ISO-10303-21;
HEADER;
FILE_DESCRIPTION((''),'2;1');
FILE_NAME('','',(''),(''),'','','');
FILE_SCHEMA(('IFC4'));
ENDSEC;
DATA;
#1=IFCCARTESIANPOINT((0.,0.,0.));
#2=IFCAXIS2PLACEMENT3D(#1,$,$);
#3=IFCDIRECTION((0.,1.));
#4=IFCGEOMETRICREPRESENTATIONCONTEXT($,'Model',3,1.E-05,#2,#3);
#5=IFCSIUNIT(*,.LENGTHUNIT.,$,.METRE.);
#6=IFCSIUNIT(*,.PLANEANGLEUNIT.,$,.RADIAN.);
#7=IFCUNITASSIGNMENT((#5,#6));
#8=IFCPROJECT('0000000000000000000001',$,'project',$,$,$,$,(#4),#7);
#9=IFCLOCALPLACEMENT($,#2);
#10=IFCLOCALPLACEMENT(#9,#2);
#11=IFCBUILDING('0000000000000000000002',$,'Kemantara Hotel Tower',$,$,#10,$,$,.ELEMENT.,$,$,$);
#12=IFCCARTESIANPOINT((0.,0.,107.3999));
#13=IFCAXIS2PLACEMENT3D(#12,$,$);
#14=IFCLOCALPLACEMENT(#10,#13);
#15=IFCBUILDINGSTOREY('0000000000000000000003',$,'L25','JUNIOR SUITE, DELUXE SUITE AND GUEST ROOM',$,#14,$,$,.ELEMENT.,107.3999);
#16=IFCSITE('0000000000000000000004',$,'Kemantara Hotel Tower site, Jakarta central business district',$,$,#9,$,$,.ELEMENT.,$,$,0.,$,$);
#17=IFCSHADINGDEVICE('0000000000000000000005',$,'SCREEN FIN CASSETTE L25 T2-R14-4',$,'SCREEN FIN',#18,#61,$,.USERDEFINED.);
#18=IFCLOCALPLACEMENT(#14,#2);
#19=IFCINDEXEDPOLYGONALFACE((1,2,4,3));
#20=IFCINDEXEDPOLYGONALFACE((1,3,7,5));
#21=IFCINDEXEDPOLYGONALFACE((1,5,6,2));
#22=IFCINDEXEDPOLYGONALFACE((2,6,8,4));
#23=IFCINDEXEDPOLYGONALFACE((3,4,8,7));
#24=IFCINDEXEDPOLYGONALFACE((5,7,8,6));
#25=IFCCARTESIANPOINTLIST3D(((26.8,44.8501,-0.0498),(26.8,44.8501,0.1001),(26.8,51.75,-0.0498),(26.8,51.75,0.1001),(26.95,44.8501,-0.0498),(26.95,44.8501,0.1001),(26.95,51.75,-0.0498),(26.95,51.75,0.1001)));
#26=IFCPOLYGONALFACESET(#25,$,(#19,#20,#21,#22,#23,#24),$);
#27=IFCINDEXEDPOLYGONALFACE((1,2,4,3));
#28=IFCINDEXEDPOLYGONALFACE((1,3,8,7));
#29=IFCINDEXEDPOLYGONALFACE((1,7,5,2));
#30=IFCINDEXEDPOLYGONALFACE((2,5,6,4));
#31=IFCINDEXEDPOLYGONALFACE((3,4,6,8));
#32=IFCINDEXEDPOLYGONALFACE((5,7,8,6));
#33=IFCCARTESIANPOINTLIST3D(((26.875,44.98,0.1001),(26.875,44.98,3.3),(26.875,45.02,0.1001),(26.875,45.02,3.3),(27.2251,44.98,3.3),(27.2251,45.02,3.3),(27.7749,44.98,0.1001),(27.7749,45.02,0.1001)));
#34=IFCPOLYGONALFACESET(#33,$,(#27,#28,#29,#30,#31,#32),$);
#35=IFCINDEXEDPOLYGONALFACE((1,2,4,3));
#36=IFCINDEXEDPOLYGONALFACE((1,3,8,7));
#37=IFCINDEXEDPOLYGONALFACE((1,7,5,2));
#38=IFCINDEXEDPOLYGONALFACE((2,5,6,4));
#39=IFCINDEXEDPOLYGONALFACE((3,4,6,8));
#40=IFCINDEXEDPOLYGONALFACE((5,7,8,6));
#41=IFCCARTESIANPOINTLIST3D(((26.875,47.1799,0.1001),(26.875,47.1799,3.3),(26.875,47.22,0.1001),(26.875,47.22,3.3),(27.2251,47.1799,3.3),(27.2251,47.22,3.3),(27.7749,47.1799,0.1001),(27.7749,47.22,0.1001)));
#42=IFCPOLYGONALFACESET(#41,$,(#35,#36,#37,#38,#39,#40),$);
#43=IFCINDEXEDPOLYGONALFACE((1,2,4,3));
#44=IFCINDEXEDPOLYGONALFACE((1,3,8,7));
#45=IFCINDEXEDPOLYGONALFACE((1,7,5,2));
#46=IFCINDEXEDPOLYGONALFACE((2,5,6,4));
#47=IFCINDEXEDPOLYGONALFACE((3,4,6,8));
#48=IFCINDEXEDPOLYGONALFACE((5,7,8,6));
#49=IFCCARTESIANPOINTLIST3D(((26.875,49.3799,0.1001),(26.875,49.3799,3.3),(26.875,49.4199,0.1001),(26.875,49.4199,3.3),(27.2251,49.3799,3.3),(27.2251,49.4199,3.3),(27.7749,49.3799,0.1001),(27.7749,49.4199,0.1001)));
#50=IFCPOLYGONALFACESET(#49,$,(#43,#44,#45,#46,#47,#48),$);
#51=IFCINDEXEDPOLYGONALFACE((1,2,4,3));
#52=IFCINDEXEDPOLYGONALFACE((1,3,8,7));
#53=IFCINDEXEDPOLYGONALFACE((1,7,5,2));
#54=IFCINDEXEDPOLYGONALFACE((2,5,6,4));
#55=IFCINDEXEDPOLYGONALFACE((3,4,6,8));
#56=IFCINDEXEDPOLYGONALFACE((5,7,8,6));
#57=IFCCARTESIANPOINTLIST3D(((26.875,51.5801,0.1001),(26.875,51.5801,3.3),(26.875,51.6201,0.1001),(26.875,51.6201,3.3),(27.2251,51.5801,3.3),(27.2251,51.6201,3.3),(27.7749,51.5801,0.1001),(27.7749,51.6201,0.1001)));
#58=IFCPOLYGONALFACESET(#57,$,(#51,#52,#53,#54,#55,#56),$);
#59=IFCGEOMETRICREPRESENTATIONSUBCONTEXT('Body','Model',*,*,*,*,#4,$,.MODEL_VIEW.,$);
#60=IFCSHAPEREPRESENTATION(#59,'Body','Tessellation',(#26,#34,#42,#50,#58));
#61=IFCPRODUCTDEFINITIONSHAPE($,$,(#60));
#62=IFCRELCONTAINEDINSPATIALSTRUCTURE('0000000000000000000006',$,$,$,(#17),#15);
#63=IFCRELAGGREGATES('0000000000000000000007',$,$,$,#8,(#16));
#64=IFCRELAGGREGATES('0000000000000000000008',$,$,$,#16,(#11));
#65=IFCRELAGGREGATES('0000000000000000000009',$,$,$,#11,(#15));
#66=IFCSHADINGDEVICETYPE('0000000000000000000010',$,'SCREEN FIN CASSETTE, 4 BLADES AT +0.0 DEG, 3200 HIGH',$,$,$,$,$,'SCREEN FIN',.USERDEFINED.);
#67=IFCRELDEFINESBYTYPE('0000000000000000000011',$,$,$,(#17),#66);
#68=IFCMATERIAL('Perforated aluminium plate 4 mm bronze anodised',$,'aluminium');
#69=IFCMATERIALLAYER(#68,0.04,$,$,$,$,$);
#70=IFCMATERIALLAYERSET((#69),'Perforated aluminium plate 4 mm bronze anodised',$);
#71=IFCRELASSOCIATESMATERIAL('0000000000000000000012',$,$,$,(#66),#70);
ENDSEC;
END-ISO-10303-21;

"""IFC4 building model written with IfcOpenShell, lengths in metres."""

from ifc_helpers import new_model, si_unit, direction, frame, origin, origin_2d, place, context, subcontext, project, spatial, polyline, rectangle, outline, extrude, source, transform, mapped, material, layer, layer_set, type_object, element, save


model = new_model("IFC4")

# Units and contexts
model_context = context("Model", 3, precision=1e-05, world=origin(), true_north=direction((0.0, 1.0)))
body_context = subcontext(model_context, "Body", "Model", "MODEL_VIEW")
ifc_project = project(units=[si_unit("LENGTHUNIT", "METRE"), si_unit("PLANEANGLEUNIT", "RADIAN")], contexts=[model_context])

# Site, building, storey
site_placement = place(None, origin())
site = spatial("IfcSite", under=ifc_project, at=site_placement, Name="Kemantara Hotel Tower site, Jakarta central business district", CompositionType="ELEMENT", RefElevation=0.0)
building_placement = place(site_placement, origin())
building = spatial("IfcBuilding", under=site, at=building_placement, Name="Kemantara Hotel Tower", CompositionType="ELEMENT")
storey_placement = place(building_placement, frame((0.0, 0.0, 107.3999)))
storey = spatial("IfcBuildingStorey", under=building, at=storey_placement, Name="L25", Description="JUNIOR SUITE, DELUXE SUITE AND GUEST ROOM", CompositionType="ELEMENT", Elevation=107.3999)

# Shading device
ifc_material_1 = material(Name="Perforated aluminium plate 4 mm bronze anodised", Category="aluminium")
ifc_layer_1 = layer(ifc_material_1, 0.04)
ifc_layer_set_1 = layer_set([ifc_layer_1], Name="Perforated aluminium plate 4 mm bronze anodised")
shading_device_type_1 = type_object("IfcShadingDeviceType", Name="SCREEN FIN CASSETTE, 4 BLADES AT +0.0 DEG, 3200 HIGH", ElementType="SCREEN FIN", PredefinedType="USERDEFINED", material=ifc_layer_set_1)
shared_shape_1 = source(origin(), body_context, "Body", "SweptSolid", [
    extrude(rectangle(XDim=6.8999, YDim=0.1499, at=origin_2d()), frame((3.3, -0.075, -0.1499), z_axis=(0.0, 0.0, 1.0), x_axis=(1.0, 0.0, 0.0)), (0.0, 0.0, 1.0), 0.1499),
    extrude(outline(polyline([(0.0, 0.0), (0.8999, 0.0), (0.3501, 3.2), (0.0, 3.2), (0.0, 0.0)])), frame((0.02, -0.075, 0.0), z_axis=(-1.0, 0.0, 0.0), x_axis=(0.0, -1.0, 0.0)), (0.0, 0.0, 1.0), 0.04),
    extrude(outline(polyline([(0.0, 0.0), (0.8999, 0.0), (0.3501, 3.2), (0.0, 3.2), (0.0, 0.0)])), frame((2.22, -0.075, 0.0), z_axis=(-1.0, 0.0, 0.0), x_axis=(0.0, -1.0, 0.0)), (0.0, 0.0, 1.0), 0.04),
    extrude(outline(polyline([(0.0, 0.0), (0.8999, 0.0), (0.3501, 3.2), (0.0, 3.2), (0.0, 0.0)])), frame((4.4199, -0.075, 0.0), z_axis=(-1.0, 0.0, 0.0), x_axis=(0.0, -1.0, 0.0)), (0.0, 0.0, 1.0), 0.04),
    extrude(outline(polyline([(0.0, 0.0), (0.8999, 0.0), (0.3501, 3.2), (0.0, 3.2), (0.0, 0.0)])), frame((6.6201, -0.075, 0.0), z_axis=(-1.0, 0.0, 0.0), x_axis=(0.0, -1.0, 0.0)), (0.0, 0.0, 1.0), 0.04),
])
shading_device_1_placement = place(storey_placement, frame((26.8, 45.0, 0.1001), z_axis=(0.0, 0.0, 1.0), x_axis=(0.0, 1.0, 0.0)))
element("IfcShadingDevice", 1, at=shading_device_1_placement, inside=storey, type_object=shading_device_type_1, Name="SCREEN FIN CASSETTE L25 T2-R14-4", ObjectType="SCREEN FIN", PredefinedType="USERDEFINED", context=body_context, shape_type="MappedRepresentation", body=[
    mapped(shared_shape_1, transform((0.0, 0.0, 0.0))),
])

save(model, "model.ifc")
